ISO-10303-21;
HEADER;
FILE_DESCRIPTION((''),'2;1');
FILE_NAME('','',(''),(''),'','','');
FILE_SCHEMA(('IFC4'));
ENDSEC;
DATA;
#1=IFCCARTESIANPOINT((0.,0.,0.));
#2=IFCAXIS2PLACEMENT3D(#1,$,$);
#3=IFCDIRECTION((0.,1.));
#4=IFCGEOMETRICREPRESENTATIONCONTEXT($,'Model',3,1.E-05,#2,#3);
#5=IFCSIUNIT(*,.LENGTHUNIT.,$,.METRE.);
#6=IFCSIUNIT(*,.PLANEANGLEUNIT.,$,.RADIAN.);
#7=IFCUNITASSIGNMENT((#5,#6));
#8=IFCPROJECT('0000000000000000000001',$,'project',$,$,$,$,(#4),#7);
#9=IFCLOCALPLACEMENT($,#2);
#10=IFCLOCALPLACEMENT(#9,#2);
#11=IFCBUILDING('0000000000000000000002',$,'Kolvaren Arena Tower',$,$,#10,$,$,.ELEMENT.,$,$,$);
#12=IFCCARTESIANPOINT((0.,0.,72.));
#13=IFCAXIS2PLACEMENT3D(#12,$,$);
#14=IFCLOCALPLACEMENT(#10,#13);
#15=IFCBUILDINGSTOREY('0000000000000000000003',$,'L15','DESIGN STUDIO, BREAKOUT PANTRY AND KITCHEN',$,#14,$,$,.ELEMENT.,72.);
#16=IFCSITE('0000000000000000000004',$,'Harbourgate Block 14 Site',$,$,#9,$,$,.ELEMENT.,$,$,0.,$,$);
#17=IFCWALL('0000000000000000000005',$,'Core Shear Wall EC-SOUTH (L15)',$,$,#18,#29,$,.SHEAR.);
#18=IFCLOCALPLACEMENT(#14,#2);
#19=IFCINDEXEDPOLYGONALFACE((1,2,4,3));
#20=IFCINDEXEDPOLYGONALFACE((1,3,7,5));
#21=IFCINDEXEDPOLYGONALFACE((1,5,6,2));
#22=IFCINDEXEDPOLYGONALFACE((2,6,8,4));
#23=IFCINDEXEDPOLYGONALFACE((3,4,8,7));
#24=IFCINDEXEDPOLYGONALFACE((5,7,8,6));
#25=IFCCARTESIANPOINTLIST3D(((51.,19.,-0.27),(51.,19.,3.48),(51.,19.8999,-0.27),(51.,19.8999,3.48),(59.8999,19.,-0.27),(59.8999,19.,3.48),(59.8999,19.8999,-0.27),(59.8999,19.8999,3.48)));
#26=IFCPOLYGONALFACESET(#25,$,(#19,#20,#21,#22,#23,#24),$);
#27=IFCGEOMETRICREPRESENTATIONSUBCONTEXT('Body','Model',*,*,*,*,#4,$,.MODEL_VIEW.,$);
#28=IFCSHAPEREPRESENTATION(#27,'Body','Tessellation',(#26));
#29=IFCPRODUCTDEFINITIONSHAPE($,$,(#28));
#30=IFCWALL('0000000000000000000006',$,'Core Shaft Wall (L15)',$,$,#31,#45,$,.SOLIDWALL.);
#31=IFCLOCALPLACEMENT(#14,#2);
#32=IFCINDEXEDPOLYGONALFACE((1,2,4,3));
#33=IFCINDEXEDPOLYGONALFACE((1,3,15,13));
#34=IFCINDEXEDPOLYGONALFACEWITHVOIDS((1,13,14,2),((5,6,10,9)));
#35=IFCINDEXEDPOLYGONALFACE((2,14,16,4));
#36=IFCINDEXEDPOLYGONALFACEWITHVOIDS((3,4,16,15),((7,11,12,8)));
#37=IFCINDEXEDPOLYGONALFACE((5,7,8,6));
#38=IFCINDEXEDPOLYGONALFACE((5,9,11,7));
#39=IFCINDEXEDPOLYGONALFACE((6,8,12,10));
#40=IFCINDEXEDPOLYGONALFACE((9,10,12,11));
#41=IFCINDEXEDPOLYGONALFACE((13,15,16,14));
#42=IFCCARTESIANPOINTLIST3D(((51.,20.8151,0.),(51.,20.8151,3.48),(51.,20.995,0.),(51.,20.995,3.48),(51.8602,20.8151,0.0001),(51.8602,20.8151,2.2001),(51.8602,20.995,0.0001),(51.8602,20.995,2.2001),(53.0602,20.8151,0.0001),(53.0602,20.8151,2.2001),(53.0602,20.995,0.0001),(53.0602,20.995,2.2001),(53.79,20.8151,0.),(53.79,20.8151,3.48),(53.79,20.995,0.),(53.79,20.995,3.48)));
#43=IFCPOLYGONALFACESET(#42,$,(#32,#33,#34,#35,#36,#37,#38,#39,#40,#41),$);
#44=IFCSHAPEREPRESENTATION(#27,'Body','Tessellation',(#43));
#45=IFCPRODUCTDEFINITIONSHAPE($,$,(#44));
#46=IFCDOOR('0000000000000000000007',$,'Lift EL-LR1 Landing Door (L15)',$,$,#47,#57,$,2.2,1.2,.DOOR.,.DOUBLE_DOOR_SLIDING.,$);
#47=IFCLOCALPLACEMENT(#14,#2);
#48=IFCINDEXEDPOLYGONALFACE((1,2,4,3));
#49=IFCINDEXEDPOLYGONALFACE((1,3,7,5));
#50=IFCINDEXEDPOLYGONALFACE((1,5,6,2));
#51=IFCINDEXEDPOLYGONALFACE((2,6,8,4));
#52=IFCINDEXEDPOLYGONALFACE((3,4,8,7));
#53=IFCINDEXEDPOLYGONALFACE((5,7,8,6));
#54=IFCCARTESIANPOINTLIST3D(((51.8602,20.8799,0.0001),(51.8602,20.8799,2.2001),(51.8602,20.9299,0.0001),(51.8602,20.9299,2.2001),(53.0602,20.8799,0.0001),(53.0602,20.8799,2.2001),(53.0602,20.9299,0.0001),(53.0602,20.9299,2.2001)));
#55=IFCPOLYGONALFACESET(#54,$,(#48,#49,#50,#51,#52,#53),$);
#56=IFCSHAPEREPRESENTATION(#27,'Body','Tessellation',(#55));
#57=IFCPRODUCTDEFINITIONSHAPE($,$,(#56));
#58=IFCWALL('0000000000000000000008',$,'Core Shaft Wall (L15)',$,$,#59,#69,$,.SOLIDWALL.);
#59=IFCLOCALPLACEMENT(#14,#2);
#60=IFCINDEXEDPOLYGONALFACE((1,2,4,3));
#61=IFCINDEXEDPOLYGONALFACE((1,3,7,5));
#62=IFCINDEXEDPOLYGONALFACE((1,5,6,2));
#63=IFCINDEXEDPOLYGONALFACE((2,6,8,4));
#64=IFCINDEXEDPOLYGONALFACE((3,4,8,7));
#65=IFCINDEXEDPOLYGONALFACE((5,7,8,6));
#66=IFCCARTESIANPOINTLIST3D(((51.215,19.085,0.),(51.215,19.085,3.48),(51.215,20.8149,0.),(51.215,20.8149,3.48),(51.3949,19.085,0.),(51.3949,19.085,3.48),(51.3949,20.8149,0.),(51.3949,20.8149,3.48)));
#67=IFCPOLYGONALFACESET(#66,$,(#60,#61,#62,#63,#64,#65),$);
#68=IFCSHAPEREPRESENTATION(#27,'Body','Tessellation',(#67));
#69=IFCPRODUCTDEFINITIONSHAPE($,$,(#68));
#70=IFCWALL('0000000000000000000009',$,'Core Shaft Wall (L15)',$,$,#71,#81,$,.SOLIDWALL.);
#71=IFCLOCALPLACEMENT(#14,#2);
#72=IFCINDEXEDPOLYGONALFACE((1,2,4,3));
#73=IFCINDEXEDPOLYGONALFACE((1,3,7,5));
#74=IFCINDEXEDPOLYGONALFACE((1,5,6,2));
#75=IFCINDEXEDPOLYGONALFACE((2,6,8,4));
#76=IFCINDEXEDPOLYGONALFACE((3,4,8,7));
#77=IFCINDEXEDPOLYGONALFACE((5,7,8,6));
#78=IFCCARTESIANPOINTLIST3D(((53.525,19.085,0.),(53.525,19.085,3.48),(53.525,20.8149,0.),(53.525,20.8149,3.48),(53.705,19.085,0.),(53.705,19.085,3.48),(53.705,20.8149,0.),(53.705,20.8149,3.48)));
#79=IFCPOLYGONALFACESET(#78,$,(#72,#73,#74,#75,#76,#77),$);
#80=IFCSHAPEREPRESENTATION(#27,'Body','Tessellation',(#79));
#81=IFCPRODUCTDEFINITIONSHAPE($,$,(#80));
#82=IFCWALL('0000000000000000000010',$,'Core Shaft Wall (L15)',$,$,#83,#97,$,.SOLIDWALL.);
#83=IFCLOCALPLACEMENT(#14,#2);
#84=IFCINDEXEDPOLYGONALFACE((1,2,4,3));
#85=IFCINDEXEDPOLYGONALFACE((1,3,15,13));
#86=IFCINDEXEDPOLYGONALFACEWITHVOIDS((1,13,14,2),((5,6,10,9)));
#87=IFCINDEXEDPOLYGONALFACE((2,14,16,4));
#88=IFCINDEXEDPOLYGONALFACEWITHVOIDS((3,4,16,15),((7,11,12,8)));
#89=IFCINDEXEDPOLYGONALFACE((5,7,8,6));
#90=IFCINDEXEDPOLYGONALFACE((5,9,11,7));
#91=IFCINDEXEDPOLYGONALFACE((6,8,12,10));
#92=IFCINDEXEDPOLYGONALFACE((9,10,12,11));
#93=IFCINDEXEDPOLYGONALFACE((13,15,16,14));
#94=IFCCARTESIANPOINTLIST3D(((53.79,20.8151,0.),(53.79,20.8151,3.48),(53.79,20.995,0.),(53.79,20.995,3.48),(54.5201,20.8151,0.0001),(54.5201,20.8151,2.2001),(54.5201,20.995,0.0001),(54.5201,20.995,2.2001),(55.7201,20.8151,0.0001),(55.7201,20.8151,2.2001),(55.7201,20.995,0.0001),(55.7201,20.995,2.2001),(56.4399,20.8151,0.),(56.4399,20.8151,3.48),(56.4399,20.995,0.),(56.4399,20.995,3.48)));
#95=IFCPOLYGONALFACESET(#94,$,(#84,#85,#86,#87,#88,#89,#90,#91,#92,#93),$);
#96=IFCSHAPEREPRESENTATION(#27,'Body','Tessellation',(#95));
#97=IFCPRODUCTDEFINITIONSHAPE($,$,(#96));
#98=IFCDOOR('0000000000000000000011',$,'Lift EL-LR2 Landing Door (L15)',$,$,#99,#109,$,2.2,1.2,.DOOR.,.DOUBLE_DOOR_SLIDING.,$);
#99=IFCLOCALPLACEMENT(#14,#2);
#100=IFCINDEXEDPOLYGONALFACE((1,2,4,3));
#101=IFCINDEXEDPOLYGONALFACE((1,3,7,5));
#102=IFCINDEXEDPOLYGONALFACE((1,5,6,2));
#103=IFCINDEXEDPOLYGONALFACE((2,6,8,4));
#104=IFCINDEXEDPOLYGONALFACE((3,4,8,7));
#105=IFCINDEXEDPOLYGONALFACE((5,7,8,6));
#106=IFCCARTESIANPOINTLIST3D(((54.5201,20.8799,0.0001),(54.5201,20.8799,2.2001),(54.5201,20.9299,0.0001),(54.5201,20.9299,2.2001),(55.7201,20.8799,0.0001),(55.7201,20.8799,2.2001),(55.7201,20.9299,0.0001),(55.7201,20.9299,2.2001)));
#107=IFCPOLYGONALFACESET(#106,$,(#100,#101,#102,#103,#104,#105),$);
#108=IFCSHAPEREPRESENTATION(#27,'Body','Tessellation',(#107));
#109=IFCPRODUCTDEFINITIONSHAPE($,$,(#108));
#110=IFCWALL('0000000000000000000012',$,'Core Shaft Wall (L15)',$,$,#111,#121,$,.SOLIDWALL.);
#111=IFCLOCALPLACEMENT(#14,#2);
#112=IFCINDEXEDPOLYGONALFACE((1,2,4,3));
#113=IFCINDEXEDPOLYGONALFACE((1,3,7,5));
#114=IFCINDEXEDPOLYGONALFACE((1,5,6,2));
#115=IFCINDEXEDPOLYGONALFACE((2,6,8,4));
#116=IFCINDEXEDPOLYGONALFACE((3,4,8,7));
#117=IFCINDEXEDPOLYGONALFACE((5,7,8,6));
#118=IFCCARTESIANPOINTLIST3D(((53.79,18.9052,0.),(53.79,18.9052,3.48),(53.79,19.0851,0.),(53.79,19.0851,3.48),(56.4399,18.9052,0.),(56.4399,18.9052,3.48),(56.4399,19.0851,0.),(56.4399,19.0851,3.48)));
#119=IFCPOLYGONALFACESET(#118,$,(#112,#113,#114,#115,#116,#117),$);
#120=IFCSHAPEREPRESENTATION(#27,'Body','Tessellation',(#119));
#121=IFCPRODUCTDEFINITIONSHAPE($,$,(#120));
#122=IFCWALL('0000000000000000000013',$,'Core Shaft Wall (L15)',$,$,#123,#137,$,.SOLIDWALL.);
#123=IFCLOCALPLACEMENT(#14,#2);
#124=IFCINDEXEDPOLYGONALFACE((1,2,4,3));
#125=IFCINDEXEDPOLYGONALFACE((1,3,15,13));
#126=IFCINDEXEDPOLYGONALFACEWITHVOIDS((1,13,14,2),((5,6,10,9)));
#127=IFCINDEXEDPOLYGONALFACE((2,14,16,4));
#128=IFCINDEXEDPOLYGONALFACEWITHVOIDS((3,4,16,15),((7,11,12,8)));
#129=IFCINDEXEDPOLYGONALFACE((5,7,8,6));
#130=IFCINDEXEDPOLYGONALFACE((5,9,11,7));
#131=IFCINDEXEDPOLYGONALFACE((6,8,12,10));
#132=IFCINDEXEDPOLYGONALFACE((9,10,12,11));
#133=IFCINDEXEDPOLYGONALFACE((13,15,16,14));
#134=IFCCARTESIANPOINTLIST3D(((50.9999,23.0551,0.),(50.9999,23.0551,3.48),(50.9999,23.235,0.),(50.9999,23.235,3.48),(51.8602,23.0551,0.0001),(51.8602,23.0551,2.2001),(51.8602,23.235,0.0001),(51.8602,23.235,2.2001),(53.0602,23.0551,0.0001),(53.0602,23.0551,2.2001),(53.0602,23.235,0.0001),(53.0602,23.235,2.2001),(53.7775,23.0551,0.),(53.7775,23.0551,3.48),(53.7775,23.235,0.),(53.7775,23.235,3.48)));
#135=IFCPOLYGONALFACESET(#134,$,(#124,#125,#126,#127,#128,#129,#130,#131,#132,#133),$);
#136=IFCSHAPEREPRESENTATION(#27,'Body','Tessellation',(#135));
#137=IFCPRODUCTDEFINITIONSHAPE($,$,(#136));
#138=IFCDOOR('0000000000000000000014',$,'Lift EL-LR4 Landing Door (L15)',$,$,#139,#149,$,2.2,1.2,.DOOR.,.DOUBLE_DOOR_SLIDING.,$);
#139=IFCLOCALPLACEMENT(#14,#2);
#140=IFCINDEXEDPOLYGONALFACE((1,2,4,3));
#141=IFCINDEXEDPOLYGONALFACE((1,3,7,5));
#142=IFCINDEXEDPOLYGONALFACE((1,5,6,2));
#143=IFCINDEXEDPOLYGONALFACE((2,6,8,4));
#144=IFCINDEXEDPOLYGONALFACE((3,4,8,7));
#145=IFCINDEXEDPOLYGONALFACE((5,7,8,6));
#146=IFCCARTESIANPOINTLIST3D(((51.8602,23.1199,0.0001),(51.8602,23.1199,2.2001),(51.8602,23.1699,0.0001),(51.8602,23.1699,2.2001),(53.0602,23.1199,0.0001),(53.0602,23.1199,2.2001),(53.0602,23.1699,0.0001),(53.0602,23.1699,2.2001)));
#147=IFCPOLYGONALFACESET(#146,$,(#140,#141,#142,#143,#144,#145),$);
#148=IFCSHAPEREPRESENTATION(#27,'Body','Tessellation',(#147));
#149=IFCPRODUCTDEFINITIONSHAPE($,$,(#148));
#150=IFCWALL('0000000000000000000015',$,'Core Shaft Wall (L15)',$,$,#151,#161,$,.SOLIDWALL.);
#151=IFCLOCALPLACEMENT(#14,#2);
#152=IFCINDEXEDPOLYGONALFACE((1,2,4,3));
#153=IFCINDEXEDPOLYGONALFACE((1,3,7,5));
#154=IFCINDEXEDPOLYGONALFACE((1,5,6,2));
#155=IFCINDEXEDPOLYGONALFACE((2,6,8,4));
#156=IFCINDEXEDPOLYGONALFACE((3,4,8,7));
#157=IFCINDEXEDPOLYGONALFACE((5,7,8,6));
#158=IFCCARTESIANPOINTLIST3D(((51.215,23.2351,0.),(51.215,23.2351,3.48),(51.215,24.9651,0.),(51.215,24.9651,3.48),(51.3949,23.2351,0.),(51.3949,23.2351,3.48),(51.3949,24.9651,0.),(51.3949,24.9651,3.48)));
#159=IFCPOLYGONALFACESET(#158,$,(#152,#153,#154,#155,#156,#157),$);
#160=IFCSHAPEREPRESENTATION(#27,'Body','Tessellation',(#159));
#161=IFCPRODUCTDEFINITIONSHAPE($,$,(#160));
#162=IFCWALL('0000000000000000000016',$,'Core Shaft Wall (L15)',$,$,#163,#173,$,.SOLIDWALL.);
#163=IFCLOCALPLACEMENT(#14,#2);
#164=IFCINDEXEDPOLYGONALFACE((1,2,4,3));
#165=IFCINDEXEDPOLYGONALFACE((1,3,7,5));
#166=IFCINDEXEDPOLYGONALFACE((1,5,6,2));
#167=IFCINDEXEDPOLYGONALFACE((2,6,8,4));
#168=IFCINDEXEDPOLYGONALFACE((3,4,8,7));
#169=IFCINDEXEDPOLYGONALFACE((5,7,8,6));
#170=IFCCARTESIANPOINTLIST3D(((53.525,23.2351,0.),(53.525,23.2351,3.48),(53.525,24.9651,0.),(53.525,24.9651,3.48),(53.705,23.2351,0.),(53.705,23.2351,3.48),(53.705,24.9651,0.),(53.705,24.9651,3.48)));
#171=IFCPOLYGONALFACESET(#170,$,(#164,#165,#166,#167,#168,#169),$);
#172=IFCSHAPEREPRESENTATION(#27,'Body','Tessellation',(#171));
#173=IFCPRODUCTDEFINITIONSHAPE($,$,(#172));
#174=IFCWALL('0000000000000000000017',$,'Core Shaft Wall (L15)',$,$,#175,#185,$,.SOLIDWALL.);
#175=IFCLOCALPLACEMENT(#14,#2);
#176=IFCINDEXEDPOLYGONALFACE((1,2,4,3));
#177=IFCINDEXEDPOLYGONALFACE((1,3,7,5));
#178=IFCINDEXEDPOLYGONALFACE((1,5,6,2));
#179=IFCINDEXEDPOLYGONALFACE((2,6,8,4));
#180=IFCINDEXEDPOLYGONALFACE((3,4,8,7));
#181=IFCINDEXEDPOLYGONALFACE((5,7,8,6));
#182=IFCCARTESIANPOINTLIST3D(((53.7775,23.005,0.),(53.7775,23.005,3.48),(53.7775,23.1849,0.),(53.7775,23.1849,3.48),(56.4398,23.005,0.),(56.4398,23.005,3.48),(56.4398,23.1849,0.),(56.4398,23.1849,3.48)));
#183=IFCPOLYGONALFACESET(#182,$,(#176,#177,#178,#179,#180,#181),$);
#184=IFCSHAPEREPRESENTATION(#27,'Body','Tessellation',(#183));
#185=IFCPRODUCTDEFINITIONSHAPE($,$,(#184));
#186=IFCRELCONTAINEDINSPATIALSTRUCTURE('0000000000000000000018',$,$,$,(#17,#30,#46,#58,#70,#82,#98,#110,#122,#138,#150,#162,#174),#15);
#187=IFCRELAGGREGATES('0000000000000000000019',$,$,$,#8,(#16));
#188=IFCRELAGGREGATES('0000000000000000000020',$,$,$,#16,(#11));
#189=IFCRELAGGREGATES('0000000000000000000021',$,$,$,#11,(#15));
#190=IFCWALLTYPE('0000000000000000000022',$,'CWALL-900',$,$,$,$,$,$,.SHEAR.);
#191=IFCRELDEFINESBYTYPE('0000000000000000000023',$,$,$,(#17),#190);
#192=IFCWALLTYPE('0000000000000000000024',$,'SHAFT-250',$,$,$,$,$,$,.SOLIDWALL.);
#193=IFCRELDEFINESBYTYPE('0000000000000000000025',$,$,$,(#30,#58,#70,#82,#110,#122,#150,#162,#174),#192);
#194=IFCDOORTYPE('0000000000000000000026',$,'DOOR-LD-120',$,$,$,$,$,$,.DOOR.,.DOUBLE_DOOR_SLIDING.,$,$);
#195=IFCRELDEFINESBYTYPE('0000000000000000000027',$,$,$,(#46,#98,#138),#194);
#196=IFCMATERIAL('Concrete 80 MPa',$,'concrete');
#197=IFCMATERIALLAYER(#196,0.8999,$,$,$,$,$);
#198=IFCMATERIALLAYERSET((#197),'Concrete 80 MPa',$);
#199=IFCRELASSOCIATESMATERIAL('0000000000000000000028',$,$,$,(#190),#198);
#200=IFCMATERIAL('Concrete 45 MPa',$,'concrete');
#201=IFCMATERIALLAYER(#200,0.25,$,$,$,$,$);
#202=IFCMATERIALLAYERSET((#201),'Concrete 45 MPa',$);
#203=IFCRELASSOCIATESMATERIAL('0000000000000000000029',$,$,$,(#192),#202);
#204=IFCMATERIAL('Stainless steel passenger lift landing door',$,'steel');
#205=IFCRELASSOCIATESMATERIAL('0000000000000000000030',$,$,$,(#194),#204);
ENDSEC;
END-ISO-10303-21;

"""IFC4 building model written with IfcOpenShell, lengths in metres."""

from ifc_helpers import new_model, si_unit, direction, frame, frame_2d, origin, place, context, subcontext, project, spatial, rectangle, extrude, material, layer, layer_set, type_object, element, fill, save


model = new_model("IFC4")

# Units and contexts
model_context = context("Model", 3, precision=1e-05, world=origin(), true_north=direction((0.0, 1.0)))
body_context = subcontext(model_context, "Body", "Model", "MODEL_VIEW")
ifc_project = project(units=[si_unit("LENGTHUNIT", "METRE"), si_unit("PLANEANGLEUNIT", "RADIAN")], contexts=[model_context])

# Site, building, storey
site_placement = place(None, origin())
site = spatial("IfcSite", under=ifc_project, at=site_placement, Name="Harbourgate Block 14 Site", CompositionType="ELEMENT", RefElevation=0.0)
building_placement = place(site_placement, origin())
building = spatial("IfcBuilding", under=site, at=building_placement, Name="Kolvaren Arena Tower", CompositionType="ELEMENT")
storey_placement = place(building_placement, frame((0.0, 0.0, 72.0)))
storey = spatial("IfcBuildingStorey", under=building, at=storey_placement, Name="L15", Description="DESIGN STUDIO, BREAKOUT PANTRY AND KITCHEN", CompositionType="ELEMENT", Elevation=72.0)

# Wall
ifc_material_1 = material(Name="Concrete 80 MPa", Category="concrete")
ifc_layer_1 = layer(ifc_material_1, 0.8999)
ifc_layer_set_1 = layer_set([ifc_layer_1], Name="Concrete 80 MPa")
wall_type_1 = type_object("IfcWallType", Name="CWALL-900", PredefinedType="SHEAR", material=ifc_layer_set_1)
wall_1_placement = place(storey_placement, frame((51.0, 19.45, -0.27), z_axis=(0.0, 0.0, 1.0), x_axis=(1.0, 0.0, 0.0)))
element("IfcWall", 1, at=wall_1_placement, inside=storey, type_object=wall_type_1, Name="Core Shear Wall EC-SOUTH (L15)", PredefinedType="SHEAR", context=body_context, shape_type="SweptSolid", body=[
    extrude(rectangle(XDim=8.8999, YDim=0.8999, at=frame_2d((4.45, 0.0))), origin(), (0.0, 0.0, 1.0), 3.75),
])

# Wall, opening, door
ifc_material_2 = material(Name="Concrete 45 MPa", Category="concrete")
ifc_layer_2 = layer(ifc_material_2, 0.25)
ifc_layer_set_2 = layer_set([ifc_layer_2], Name="Concrete 45 MPa")
wall_type_2 = type_object("IfcWallType", Name="SHAFT-250", PredefinedType="SOLIDWALL", material=ifc_layer_set_2)
wall_2_placement = place(storey_placement, frame((51.0, 20.905, 0.0), z_axis=(0.0, 0.0, 1.0), x_axis=(1.0, 0.0, 0.0)))
wall_2 = element("IfcWall", 2, at=wall_2_placement, inside=storey, type_object=wall_type_2, Name="Core Shaft Wall (L15)", PredefinedType="SOLIDWALL", context=body_context, shape_type="SweptSolid", body=[
    extrude(rectangle(XDim=2.79, YDim=0.1799, at=frame_2d((1.395, 0.0))), origin(), (0.0, 0.0, 1.0), 3.48),
])
opening_1_placement = place(wall_2_placement, frame((0.8601, 0.0, 0.0)))
opening_1 = element("IfcOpeningElement", 3, at=opening_1_placement, cuts=wall_2, PredefinedType="OPENING", context=body_context, shape_type="SweptSolid", body=[
    extrude(rectangle(XDim=1.2, YDim=2.2, at=frame_2d((0.6001, 1.1001))), frame((0.0, 0.0999, 0.0), z_axis=(0.0, -1.0, 0.0), x_axis=(1.0, 0.0, 0.0)), (0.0, 0.0, 1.0), 0.2),
])
ifc_material_3 = material(Name="Stainless steel passenger lift landing door", Category="steel")
door_type = type_object("IfcDoorType", Name="DOOR-LD-120", OperationType="DOUBLE_DOOR_SLIDING", PredefinedType="DOOR", material=ifc_material_3)
door_1_placement = place(opening_1_placement, origin())
door_1 = element("IfcDoor", 4, at=door_1_placement, inside=storey, type_object=door_type, Name="Lift EL-LR1 Landing Door (L15)", OperationType="DOUBLE_DOOR_SLIDING", OverallHeight=2.2, OverallWidth=1.2, PredefinedType="DOOR", context=body_context, shape_type="SweptSolid", body=[
    extrude(rectangle(XDim=1.2, YDim=2.2, at=frame_2d((0.6001, 1.1001))), frame((0.0, 0.0249, 0.0), z_axis=(0.0, -1.0, 0.0), x_axis=(1.0, 0.0, 0.0)), (0.0, 0.0, 1.0), 0.05),
])
fill(opening_1, door_1)

# Walls
for number, where, z_axis, x_axis, name in (
    (5, (51.3049, 19.085, 0.0), (0.0, 0.0, 1.0), (0.0, 1.0, 0.0), "Core Shaft Wall (L15)"),
    (6, (53.615, 19.085, 0.0), (0.0, 0.0, 1.0), (0.0, 1.0, 0.0), "Core Shaft Wall (L15)"),
):
    element("IfcWall", number, at=place(storey_placement, frame(where, z_axis=z_axis, x_axis=x_axis)), inside=storey, type_object=wall_type_2, Name=name, PredefinedType="SOLIDWALL", context=body_context, shape_type="SweptSolid", body=[
        extrude(rectangle(XDim=1.73, YDim=0.1799, at=frame_2d((0.865, 0.0))), origin(), (0.0, 0.0, 1.0), 3.48),
    ])

# Wall, opening, door
wall_3_placement = place(storey_placement, frame((53.79, 20.905, 0.0), z_axis=(0.0, 0.0, 1.0), x_axis=(1.0, 0.0, 0.0)))
wall_3 = element("IfcWall", 7, at=wall_3_placement, inside=storey, type_object=wall_type_2, Name="Core Shaft Wall (L15)", PredefinedType="SOLIDWALL", context=body_context, shape_type="SweptSolid", body=[
    extrude(rectangle(XDim=2.6499, YDim=0.1799, at=frame_2d((1.325, 0.0))), origin(), (0.0, 0.0, 1.0), 3.48),
])
opening_2_placement = place(wall_3_placement, frame((0.73, 0.0, 0.0)))
opening_2 = element("IfcOpeningElement", 8, at=opening_2_placement, cuts=wall_3, PredefinedType="OPENING", context=body_context, shape_type="SweptSolid", body=[
    extrude(rectangle(XDim=1.2, YDim=2.2, at=frame_2d((0.6001, 1.1001))), frame((0.0, 0.0999, 0.0), z_axis=(0.0, -1.0, 0.0), x_axis=(1.0, 0.0, 0.0)), (0.0, 0.0, 1.0), 0.2),
])
door_2_placement = place(opening_2_placement, origin())
door_2 = element("IfcDoor", 9, at=door_2_placement, inside=storey, type_object=door_type, Name="Lift EL-LR2 Landing Door (L15)", OperationType="DOUBLE_DOOR_SLIDING", OverallHeight=2.2, OverallWidth=1.2, PredefinedType="DOOR", context=body_context, shape_type="SweptSolid", body=[
    extrude(rectangle(XDim=1.2, YDim=2.2, at=frame_2d((0.6001, 1.1001))), frame((0.0, 0.0249, 0.0), z_axis=(0.0, -1.0, 0.0), x_axis=(1.0, 0.0, 0.0)), (0.0, 0.0, 1.0), 0.05),
])
fill(opening_2, door_2)

# Wall
wall_4_placement = place(storey_placement, frame((53.79, 18.9951, 0.0), z_axis=(0.0, 0.0, 1.0), x_axis=(1.0, 0.0, 0.0)))
element("IfcWall", 10, at=wall_4_placement, inside=storey, type_object=wall_type_2, Name="Core Shaft Wall (L15)", PredefinedType="SOLIDWALL", context=body_context, shape_type="SweptSolid", body=[
    extrude(rectangle(XDim=2.6499, YDim=0.1799, at=frame_2d((1.325, 0.0))), origin(), (0.0, 0.0, 1.0), 3.48),
])

# Wall, opening, door
wall_5_placement = place(storey_placement, frame((51.0, 23.145, 0.0), z_axis=(0.0, 0.0, 1.0), x_axis=(1.0, 0.0, 0.0)))
wall_5 = element("IfcWall", 11, at=wall_5_placement, inside=storey, type_object=wall_type_2, Name="Core Shaft Wall (L15)", PredefinedType="SOLIDWALL", context=body_context, shape_type="SweptSolid", body=[
    extrude(rectangle(XDim=2.7776, YDim=0.1799, at=frame_2d((1.3887, 0.0))), origin(), (0.0, 0.0, 1.0), 3.48),
])
opening_3_placement = place(wall_5_placement, frame((0.8601, 0.0, 0.0)))
opening_3 = element("IfcOpeningElement", 12, at=opening_3_placement, cuts=wall_5, PredefinedType="OPENING", context=body_context, shape_type="SweptSolid", body=[
    extrude(rectangle(XDim=1.2, YDim=2.2, at=frame_2d((0.6001, 1.1001))), frame((0.0, 0.0999, 0.0), z_axis=(0.0, -1.0, 0.0), x_axis=(1.0, 0.0, 0.0)), (0.0, 0.0, 1.0), 0.2),
])
door_3_placement = place(opening_3_placement, origin())
door_3 = element("IfcDoor", 13, at=door_3_placement, inside=storey, type_object=door_type, Name="Lift EL-LR4 Landing Door (L15)", OperationType="DOUBLE_DOOR_SLIDING", OverallHeight=2.2, OverallWidth=1.2, PredefinedType="DOOR", context=body_context, shape_type="SweptSolid", body=[
    extrude(rectangle(XDim=1.2, YDim=2.2, at=frame_2d((0.6001, 1.1001))), frame((0.0, 0.0249, 0.0), z_axis=(0.0, -1.0, 0.0), x_axis=(1.0, 0.0, 0.0)), (0.0, 0.0, 1.0), 0.05),
])
fill(opening_3, door_3)

# Walls
for number, where, z_axis, x_axis, name in (
    (14, (51.3049, 23.2351, 0.0), (0.0, 0.0, 1.0), (0.0, 1.0, 0.0), "Core Shaft Wall (L15)"),
    (15, (53.615, 23.2351, 0.0), (0.0, 0.0, 1.0), (0.0, 1.0, 0.0), "Core Shaft Wall (L15)"),
):
    element("IfcWall", number, at=place(storey_placement, frame(where, z_axis=z_axis, x_axis=x_axis)), inside=storey, type_object=wall_type_2, Name=name, PredefinedType="SOLIDWALL", context=body_context, shape_type="SweptSolid", body=[
        extrude(rectangle(XDim=1.73, YDim=0.1799, at=frame_2d((0.865, 0.0))), origin(), (0.0, 0.0, 1.0), 3.48),
    ])
wall_6_placement = place(storey_placement, frame((53.7776, 23.095, 0.0), z_axis=(0.0, 0.0, 1.0), x_axis=(1.0, 0.0, 0.0)))
element("IfcWall", 16, at=wall_6_placement, inside=storey, type_object=wall_type_2, Name="Core Shaft Wall (L15)", PredefinedType="SOLIDWALL", context=body_context, shape_type="SweptSolid", body=[
    extrude(rectangle(XDim=2.6624, YDim=0.1799, at=frame_2d((1.3311, 0.0))), origin(), (0.0, 0.0, 1.0), 3.48),
])

save(model, "model.ifc")
